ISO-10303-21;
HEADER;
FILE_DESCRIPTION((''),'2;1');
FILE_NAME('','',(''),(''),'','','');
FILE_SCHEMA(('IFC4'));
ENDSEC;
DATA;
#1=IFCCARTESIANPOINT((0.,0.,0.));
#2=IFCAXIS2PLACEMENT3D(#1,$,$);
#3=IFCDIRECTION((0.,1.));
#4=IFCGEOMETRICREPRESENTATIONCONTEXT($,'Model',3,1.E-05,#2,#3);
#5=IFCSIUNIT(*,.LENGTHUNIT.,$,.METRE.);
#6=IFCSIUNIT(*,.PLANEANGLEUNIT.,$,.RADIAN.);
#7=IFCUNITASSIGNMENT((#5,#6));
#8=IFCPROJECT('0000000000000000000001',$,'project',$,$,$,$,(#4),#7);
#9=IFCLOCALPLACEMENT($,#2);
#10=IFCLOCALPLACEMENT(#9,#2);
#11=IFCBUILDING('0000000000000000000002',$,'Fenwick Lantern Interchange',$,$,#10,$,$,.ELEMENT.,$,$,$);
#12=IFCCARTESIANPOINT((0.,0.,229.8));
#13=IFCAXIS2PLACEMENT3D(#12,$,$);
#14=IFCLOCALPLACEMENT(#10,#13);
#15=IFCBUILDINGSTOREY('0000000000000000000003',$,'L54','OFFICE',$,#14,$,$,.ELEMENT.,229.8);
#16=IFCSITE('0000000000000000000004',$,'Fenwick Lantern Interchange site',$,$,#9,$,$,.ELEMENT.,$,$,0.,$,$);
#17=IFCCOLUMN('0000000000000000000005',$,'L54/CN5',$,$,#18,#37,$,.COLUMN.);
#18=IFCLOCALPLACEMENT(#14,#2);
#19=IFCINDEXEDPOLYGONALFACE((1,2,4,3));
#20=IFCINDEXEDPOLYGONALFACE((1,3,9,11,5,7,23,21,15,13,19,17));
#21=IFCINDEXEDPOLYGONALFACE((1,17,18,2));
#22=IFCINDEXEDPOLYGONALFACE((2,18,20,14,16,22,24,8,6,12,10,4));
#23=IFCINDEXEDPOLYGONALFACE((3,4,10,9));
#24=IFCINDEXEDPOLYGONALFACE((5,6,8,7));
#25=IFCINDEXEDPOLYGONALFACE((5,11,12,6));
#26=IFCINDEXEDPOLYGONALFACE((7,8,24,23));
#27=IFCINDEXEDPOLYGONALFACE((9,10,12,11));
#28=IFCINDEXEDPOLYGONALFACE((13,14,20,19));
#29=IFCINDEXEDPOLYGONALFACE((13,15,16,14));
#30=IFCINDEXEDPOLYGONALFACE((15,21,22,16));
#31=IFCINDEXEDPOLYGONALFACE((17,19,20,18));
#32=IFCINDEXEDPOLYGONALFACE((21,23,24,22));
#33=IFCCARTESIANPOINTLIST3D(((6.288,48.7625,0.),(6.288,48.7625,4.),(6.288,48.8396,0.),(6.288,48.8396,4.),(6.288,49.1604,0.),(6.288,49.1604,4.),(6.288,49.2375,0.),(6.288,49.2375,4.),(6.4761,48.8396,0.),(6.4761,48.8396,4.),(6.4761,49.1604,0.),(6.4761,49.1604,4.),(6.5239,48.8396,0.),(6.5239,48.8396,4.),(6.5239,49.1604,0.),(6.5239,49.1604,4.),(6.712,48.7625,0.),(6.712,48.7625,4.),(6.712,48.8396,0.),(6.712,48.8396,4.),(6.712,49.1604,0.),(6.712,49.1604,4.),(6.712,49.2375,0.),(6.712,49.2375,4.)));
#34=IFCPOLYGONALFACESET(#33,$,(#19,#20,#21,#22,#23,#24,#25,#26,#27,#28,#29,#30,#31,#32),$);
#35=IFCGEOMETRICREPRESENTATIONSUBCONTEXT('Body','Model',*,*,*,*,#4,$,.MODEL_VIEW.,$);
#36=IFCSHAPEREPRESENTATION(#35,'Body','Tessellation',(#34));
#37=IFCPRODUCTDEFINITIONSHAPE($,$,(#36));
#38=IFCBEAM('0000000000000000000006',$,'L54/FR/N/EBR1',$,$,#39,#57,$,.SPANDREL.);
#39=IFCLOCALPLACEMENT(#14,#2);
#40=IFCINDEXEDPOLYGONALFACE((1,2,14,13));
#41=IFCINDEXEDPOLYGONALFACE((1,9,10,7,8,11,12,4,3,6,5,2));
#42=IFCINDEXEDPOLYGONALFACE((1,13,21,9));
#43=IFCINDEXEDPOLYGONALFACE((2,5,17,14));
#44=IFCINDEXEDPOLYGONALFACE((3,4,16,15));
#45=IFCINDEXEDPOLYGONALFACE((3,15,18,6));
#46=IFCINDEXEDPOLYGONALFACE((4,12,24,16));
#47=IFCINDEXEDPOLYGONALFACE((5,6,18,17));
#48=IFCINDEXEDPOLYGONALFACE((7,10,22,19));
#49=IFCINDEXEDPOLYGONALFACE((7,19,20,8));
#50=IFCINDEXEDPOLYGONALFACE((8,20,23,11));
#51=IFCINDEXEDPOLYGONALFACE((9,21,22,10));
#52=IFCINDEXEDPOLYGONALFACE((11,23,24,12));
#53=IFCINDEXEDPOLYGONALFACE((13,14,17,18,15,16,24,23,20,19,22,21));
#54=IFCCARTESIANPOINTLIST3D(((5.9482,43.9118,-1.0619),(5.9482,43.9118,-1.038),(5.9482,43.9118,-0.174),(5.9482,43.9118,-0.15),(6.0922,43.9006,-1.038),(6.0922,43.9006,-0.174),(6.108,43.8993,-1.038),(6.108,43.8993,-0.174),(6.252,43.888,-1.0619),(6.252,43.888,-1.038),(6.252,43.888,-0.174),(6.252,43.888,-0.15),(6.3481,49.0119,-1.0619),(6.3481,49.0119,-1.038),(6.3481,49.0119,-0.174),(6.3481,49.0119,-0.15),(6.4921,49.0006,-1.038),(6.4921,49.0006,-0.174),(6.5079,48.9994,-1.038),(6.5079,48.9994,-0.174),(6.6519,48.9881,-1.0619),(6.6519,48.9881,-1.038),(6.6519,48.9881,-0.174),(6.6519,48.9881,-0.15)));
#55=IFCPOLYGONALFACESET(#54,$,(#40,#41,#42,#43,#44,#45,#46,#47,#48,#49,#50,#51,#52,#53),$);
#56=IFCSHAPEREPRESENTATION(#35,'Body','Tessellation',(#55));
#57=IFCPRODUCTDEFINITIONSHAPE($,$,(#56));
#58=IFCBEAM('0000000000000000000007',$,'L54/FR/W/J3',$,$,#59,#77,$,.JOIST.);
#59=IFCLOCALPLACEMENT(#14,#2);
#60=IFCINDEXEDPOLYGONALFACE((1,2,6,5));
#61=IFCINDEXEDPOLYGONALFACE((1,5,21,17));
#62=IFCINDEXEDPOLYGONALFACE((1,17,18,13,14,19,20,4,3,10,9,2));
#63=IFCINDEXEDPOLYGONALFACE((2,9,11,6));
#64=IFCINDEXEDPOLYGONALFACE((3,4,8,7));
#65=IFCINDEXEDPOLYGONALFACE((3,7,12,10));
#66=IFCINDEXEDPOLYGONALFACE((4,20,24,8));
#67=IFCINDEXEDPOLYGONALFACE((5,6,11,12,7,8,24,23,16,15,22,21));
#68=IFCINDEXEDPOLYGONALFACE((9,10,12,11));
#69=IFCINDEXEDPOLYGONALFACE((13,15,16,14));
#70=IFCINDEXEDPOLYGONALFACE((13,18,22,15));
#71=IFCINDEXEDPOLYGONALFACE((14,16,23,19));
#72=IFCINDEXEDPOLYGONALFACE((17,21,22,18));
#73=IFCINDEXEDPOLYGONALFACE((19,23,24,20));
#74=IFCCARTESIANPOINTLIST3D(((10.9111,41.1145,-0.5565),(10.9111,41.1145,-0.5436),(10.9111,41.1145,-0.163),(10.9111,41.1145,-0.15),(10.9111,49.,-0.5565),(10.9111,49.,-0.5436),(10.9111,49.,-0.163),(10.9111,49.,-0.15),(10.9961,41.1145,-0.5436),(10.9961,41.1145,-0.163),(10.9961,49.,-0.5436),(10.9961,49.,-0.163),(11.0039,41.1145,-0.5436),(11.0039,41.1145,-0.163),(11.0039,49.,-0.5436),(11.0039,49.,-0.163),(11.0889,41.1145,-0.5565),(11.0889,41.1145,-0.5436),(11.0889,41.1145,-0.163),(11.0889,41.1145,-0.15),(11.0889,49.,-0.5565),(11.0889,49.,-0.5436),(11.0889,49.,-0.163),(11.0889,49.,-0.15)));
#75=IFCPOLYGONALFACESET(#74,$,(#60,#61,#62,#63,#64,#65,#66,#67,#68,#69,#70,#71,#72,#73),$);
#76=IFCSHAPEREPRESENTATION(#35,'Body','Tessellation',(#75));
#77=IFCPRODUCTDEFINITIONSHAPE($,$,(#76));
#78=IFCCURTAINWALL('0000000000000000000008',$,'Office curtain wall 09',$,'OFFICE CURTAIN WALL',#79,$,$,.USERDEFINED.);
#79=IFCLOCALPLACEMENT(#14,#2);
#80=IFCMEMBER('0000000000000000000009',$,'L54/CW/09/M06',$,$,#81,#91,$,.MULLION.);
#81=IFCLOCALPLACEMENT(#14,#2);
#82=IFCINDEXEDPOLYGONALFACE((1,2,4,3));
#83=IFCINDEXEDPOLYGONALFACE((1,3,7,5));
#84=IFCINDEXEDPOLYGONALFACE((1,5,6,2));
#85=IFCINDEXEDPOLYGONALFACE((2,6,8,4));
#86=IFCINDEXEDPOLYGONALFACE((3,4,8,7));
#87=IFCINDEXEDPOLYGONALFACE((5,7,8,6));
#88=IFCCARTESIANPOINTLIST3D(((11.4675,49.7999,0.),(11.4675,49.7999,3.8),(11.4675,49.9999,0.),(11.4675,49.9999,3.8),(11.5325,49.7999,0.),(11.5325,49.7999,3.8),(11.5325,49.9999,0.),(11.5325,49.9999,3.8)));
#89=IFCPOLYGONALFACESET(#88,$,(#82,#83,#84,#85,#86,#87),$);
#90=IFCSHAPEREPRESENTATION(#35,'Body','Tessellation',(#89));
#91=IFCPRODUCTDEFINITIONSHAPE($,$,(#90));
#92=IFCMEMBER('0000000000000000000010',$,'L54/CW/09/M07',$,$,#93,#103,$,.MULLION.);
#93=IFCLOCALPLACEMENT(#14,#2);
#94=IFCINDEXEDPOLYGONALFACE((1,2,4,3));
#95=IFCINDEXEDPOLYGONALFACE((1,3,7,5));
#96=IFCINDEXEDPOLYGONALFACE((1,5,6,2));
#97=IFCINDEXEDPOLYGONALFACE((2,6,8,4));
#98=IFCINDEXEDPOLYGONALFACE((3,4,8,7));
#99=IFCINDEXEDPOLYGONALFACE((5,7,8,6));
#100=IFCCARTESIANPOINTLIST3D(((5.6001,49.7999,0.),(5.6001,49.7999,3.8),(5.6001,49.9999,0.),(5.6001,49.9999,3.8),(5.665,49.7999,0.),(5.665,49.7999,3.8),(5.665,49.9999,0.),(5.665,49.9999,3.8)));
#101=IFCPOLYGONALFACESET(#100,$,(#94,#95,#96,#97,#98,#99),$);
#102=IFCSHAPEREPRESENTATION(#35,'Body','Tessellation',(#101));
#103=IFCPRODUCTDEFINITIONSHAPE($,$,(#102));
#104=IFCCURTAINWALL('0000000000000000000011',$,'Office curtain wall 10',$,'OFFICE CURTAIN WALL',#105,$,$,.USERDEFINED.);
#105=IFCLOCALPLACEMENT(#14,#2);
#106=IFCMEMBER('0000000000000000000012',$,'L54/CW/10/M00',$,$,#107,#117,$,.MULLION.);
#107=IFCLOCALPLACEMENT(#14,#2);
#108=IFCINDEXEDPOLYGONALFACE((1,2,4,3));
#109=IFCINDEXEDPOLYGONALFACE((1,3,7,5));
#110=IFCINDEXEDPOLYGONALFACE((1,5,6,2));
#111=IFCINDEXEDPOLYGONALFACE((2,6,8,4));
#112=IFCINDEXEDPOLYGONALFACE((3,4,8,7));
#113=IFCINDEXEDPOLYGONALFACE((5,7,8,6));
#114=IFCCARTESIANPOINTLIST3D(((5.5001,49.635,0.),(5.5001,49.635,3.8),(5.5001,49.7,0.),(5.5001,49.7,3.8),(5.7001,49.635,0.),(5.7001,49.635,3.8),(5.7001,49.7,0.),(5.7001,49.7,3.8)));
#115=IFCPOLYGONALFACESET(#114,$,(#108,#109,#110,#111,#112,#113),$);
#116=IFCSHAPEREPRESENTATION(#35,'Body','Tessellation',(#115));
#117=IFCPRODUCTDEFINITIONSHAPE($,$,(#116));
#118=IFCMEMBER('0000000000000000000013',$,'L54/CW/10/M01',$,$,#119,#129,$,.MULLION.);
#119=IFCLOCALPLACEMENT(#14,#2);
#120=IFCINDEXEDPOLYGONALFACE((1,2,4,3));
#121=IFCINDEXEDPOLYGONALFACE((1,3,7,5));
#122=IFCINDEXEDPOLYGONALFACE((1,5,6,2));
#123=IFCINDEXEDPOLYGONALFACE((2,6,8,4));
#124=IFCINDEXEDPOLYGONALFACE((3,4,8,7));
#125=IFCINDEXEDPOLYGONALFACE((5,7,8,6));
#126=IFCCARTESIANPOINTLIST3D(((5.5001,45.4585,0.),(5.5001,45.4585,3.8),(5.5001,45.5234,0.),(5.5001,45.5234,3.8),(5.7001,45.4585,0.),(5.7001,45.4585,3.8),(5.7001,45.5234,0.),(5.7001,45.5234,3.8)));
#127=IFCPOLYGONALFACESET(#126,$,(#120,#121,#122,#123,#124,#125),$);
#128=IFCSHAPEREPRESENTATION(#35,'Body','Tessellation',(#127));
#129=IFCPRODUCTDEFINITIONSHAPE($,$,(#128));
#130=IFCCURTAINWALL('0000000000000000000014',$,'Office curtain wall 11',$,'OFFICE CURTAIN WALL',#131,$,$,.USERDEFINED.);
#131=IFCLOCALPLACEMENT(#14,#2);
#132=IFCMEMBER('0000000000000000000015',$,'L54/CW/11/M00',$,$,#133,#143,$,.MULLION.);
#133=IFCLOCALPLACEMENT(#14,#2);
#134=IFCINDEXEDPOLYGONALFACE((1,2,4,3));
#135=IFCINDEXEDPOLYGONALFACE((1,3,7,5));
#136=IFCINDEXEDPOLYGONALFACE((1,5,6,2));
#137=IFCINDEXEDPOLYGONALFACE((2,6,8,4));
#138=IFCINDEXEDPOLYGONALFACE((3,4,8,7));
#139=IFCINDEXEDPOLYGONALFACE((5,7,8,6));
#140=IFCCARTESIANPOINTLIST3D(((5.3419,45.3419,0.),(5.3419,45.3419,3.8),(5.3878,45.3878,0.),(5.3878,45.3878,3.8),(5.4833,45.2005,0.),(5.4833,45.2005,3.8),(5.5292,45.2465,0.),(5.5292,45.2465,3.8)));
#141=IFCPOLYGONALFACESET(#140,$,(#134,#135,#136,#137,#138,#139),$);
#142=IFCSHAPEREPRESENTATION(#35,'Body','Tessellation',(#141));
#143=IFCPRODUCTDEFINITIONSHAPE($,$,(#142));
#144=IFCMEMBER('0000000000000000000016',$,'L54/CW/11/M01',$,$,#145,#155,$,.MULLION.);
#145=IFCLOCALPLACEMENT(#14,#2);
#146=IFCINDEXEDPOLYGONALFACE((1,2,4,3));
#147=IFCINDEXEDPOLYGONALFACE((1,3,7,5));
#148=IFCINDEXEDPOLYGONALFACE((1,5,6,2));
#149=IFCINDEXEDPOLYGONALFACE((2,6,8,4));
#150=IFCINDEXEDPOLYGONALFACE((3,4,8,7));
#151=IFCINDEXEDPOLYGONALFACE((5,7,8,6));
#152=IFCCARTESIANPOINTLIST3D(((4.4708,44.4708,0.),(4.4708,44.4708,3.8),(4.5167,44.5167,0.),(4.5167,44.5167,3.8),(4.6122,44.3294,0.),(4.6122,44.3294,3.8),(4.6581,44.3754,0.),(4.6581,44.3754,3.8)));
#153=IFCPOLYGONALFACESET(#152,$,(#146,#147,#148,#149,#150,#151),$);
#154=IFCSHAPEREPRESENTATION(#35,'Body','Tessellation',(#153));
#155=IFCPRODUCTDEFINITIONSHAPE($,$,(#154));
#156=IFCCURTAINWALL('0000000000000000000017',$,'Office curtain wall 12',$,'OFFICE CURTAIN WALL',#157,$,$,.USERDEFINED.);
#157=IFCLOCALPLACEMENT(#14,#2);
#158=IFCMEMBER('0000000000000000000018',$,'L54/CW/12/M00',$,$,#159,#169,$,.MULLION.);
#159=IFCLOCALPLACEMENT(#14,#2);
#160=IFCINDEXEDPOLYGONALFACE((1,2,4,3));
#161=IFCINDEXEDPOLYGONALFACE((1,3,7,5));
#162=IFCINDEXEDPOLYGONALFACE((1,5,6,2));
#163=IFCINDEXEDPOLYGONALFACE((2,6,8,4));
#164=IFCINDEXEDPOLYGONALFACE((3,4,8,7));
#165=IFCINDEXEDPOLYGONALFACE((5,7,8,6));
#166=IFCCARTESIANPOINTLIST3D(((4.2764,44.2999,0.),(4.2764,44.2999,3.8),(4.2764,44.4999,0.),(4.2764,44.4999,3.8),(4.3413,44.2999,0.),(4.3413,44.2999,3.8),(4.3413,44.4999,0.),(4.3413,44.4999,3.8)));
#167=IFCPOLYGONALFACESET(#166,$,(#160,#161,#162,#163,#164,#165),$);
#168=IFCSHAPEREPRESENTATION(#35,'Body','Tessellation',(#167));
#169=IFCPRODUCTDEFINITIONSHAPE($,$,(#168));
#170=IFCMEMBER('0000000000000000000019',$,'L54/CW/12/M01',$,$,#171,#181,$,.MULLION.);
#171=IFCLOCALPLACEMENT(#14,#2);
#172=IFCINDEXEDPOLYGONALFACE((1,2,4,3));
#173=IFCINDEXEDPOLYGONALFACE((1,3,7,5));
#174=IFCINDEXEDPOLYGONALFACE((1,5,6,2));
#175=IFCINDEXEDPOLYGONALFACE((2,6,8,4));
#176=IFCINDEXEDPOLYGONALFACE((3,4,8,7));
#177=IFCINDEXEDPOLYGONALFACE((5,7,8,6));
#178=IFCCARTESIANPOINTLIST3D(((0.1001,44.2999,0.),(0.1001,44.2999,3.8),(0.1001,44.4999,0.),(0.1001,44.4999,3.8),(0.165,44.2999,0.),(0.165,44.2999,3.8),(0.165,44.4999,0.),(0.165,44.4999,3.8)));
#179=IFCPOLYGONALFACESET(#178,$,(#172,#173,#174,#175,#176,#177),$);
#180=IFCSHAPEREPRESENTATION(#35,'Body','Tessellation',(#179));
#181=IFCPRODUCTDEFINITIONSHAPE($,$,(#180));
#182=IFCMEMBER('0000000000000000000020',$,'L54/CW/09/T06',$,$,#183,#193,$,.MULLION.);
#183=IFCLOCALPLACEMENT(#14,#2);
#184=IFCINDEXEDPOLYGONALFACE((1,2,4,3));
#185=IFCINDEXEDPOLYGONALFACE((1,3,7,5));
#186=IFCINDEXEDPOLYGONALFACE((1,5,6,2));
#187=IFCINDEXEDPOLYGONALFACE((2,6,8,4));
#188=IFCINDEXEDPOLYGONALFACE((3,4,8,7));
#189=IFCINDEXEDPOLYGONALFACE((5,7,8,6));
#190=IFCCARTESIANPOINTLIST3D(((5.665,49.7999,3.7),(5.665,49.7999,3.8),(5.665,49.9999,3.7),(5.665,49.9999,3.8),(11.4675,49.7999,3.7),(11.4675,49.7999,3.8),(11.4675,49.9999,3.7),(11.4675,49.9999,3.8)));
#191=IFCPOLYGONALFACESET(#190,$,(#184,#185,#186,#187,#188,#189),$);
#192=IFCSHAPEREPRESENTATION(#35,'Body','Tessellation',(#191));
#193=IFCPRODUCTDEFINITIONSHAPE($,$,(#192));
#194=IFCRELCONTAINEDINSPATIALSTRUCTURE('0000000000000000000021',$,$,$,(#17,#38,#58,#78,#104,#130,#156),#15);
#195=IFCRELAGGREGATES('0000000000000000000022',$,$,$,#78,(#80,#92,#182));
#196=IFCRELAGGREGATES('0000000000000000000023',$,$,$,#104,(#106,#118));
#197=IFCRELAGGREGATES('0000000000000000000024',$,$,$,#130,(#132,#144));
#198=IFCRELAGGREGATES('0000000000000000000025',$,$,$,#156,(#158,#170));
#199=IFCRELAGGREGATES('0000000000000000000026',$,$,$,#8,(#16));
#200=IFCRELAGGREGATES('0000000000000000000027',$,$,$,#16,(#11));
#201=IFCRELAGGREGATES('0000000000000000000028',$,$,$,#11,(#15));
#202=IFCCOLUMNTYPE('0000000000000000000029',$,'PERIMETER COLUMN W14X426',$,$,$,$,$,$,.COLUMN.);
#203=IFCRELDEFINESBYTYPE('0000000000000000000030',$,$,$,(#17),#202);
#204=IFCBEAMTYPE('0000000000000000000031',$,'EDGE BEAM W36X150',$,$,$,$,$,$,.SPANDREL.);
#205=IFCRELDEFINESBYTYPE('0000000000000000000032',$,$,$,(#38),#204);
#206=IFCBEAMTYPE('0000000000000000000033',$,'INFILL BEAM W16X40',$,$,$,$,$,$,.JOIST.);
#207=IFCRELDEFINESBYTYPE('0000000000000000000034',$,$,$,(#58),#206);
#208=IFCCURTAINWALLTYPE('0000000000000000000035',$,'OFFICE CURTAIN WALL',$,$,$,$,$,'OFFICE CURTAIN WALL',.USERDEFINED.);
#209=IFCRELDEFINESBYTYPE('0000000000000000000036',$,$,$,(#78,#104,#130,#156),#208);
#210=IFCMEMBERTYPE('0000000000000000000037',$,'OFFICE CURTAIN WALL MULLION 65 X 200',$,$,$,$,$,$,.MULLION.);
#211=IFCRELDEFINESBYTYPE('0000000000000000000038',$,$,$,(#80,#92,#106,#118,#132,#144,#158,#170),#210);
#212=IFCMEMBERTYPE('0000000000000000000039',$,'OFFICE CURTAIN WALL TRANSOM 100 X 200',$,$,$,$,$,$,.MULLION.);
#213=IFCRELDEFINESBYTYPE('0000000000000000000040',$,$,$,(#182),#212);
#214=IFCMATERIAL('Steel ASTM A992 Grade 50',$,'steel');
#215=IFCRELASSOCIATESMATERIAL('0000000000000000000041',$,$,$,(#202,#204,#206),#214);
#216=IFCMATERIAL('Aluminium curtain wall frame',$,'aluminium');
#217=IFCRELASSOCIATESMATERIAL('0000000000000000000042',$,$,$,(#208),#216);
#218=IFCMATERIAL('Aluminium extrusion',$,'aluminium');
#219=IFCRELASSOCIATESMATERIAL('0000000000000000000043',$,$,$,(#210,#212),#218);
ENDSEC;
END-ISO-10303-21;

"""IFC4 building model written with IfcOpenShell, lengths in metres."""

from ifc_helpers import new_model, si_unit, direction, frame, origin, origin_2d, place, context, subcontext, project, spatial, rectangle, i_section, extrude, material, material_profile, profile_set, type_object, element, aggregate, save


model = new_model("IFC4")

# Units and contexts
model_context = context("Model", 3, precision=1e-05, world=origin(), true_north=direction((0.0, 1.0)))
body_context = subcontext(model_context, "Body", "Model", "MODEL_VIEW")
ifc_project = project(units=[si_unit("LENGTHUNIT", "METRE"), si_unit("PLANEANGLEUNIT", "RADIAN")], contexts=[model_context])

# Site, building, storey
site_placement = place(None, origin())
site = spatial("IfcSite", under=ifc_project, at=site_placement, Name="Fenwick Lantern Interchange site", CompositionType="ELEMENT", RefElevation=0.0)
building_placement = place(site_placement, origin())
building = spatial("IfcBuilding", under=site, at=building_placement, Name="Fenwick Lantern Interchange", CompositionType="ELEMENT")
storey_placement = place(building_placement, frame((0.0, 0.0, 229.8)))
storey = spatial("IfcBuildingStorey", under=building, at=storey_placement, Name="L54", Description="OFFICE", CompositionType="ELEMENT", Elevation=229.8)

# Column
ifc_material_1 = material(Name="Steel ASTM A992 Grade 50", Category="steel")
ifc_material_profile_1 = material_profile(ifc_material_1, i_section(OverallWidth=0.4241, OverallDepth=0.4751, WebThickness=0.0479, FlangeThickness=0.0771, at=origin_2d()), Name="W14X426")
ifc_profile_set_1 = profile_set([ifc_material_profile_1], Name="Steel ASTM A992 Grade 50")
column_type = type_object("IfcColumnType", Name="PERIMETER COLUMN W14X426", PredefinedType="COLUMN", material=ifc_profile_set_1)
column_placement = place(storey_placement, frame((6.5, 49.0, 0.0), z_axis=(0.0, 0.0, 1.0), x_axis=(1.0, 0.0, 0.0)))
element("IfcColumn", 1, at=column_placement, inside=storey, type_object=column_type, Name="L54/CN5", PredefinedType="COLUMN", context=body_context, shape_type="SweptSolid", body=[
    extrude(i_section(OverallWidth=0.4241, OverallDepth=0.4751, WebThickness=0.0479, FlangeThickness=0.0771, at=origin_2d()), origin(), (0.0, 0.0, 1.0), 4.0),
])

# Beams
ifc_material_profile_2 = material_profile(ifc_material_1, i_section(OverallWidth=0.3047, OverallDepth=0.9119, WebThickness=0.0159, FlangeThickness=0.0239, at=origin_2d()), Name="W36X150")
ifc_profile_set_2 = profile_set([ifc_material_profile_2], Name="Steel ASTM A992 Grade 50")
beam_type_1 = type_object("IfcBeamType", Name="EDGE BEAM W36X150", PredefinedType="SPANDREL", material=ifc_profile_set_2)
beam_1_placement = place(storey_placement, frame((6.5, 49.0, -0.606), z_axis=(-0.078171, -0.99694, 0.0), x_axis=(0.99694, -0.078171, 0.0)))
element("IfcBeam", 2, at=beam_1_placement, inside=storey, type_object=beam_type_1, Name="L54/FR/N/EBR1", PredefinedType="SPANDREL", context=body_context, shape_type="SweptSolid", body=[
    extrude(i_section(OverallWidth=0.3047, OverallDepth=0.9119, WebThickness=0.0159, FlangeThickness=0.0239, at=origin_2d()), origin(), (0.0, 0.0, 1.0), 5.1157),
])
ifc_material_profile_3 = material_profile(ifc_material_1, i_section(OverallWidth=0.1777, OverallDepth=0.4065, WebThickness=0.0078, FlangeThickness=0.0129, at=origin_2d()), Name="W16X40")
ifc_profile_set_3 = profile_set([ifc_material_profile_3], Name="Steel ASTM A992 Grade 50")
beam_type_2 = type_object("IfcBeamType", Name="INFILL BEAM W16X40", PredefinedType="JOIST", material=ifc_profile_set_3)
beam_2_placement = place(storey_placement, frame((11.0, 49.0, -0.3533), z_axis=(0.0, -1.0, 0.0), x_axis=(1.0, 0.0, 0.0)))
element("IfcBeam", 3, at=beam_2_placement, inside=storey, type_object=beam_type_2, Name="L54/FR/W/J3", PredefinedType="JOIST", context=body_context, shape_type="SweptSolid", body=[
    extrude(i_section(OverallWidth=0.1777, OverallDepth=0.4065, WebThickness=0.0078, FlangeThickness=0.0129, at=origin_2d()), origin(), (0.0, 0.0, 1.0), 7.8855),
])

# Curtain walls, members
ifc_material_2 = material(Name="Aluminium curtain wall frame", Category="aluminium")
curtain_wall_type = type_object("IfcCurtainWallType", Name="OFFICE CURTAIN WALL", ElementType="OFFICE CURTAIN WALL", PredefinedType="USERDEFINED", material=ifc_material_2)
curtain_wall_1_placement = place(storey_placement, origin())
curtain_wall_1 = element("IfcCurtainWall", 4, at=curtain_wall_1_placement, inside=storey, type_object=curtain_wall_type, Name="Office curtain wall 09", ObjectType="OFFICE CURTAIN WALL", PredefinedType="USERDEFINED")
ifc_material_3 = material(Name="Aluminium extrusion", Category="aluminium")
ifc_material_profile_4 = material_profile(ifc_material_3, rectangle(XDim=0.2, YDim=0.0649, at=origin_2d()), Name="OFFICE CURTAIN WALL MULLION 65 X 200")
ifc_profile_set_4 = profile_set([ifc_material_profile_4], Name="Aluminium extrusion")
member_type_1 = type_object("IfcMemberType", Name="OFFICE CURTAIN WALL MULLION 65 X 200", PredefinedType="MULLION", material=ifc_profile_set_4)
member_1_placement = place(storey_placement, frame((11.5, 49.8999, 0.0), z_axis=(0.0, 0.0, 1.0), x_axis=(0.0, -1.0, 0.0)))
member_1 = element("IfcMember", 5, at=member_1_placement, type_object=member_type_1, Name="L54/CW/09/M06", PredefinedType="MULLION", context=body_context, shape_type="SweptSolid", body=[
    extrude(rectangle(XDim=0.2, YDim=0.0649, at=origin_2d()), origin(), (0.0, 0.0, 1.0), 3.8),
])
member_2_placement = place(storey_placement, frame((5.6326, 49.8999, 0.0), z_axis=(0.0, 0.0, 1.0), x_axis=(0.0, -1.0, 0.0)))
member_2 = element("IfcMember", 6, at=member_2_placement, type_object=member_type_1, Name="L54/CW/09/M07", PredefinedType="MULLION", context=body_context, shape_type="SweptSolid", body=[
    extrude(rectangle(XDim=0.2, YDim=0.0649, at=origin_2d()), origin(), (0.0, 0.0, 1.0), 3.8),
])
curtain_wall_2_placement = place(storey_placement, origin())
curtain_wall_2 = element("IfcCurtainWall", 7, at=curtain_wall_2_placement, inside=storey, type_object=curtain_wall_type, Name="Office curtain wall 10", ObjectType="OFFICE CURTAIN WALL", PredefinedType="USERDEFINED")
member_3_placement = place(storey_placement, frame((5.6001, 49.6675, 0.0), z_axis=(0.0, 0.0, 1.0), x_axis=(1.0, 0.0, 0.0)))
member_3 = element("IfcMember", 8, at=member_3_placement, type_object=member_type_1, Name="L54/CW/10/M00", PredefinedType="MULLION", context=body_context, shape_type="SweptSolid", body=[
    extrude(rectangle(XDim=0.2, YDim=0.0649, at=origin_2d()), origin(), (0.0, 0.0, 1.0), 3.8),
])
member_4_placement = place(storey_placement, frame((5.6001, 45.491, 0.0), z_axis=(0.0, 0.0, 1.0), x_axis=(1.0, 0.0, 0.0)))
member_4 = element("IfcMember", 9, at=member_4_placement, type_object=member_type_1, Name="L54/CW/10/M01", PredefinedType="MULLION", context=body_context, shape_type="SweptSolid", body=[
    extrude(rectangle(XDim=0.2, YDim=0.0649, at=origin_2d()), origin(), (0.0, 0.0, 1.0), 3.8),
])
curtain_wall_3_placement = place(storey_placement, origin())
curtain_wall_3 = element("IfcCurtainWall", 10, at=curtain_wall_3_placement, inside=storey, type_object=curtain_wall_type, Name="Office curtain wall 11", ObjectType="OFFICE CURTAIN WALL", PredefinedType="USERDEFINED")
member_5_placement = place(storey_placement, frame((5.4355, 45.2942, 0.0), z_axis=(0.0, 0.0, 1.0), x_axis=(0.707107, -0.707107, 0.0)))
member_5 = element("IfcMember", 11, at=member_5_placement, type_object=member_type_1, Name="L54/CW/11/M00", PredefinedType="MULLION", context=body_context, shape_type="SweptSolid", body=[
    extrude(rectangle(XDim=0.2, YDim=0.0649, at=origin_2d()), origin(), (0.0, 0.0, 1.0), 3.8),
])
member_6_placement = place(storey_placement, frame((4.5645, 44.4231, 0.0), z_axis=(0.0, 0.0, 1.0), x_axis=(0.707107, -0.707107, 0.0)))
member_6 = element("IfcMember", 12, at=member_6_placement, type_object=member_type_1, Name="L54/CW/11/M01", PredefinedType="MULLION", context=body_context, shape_type="SweptSolid", body=[
    extrude(rectangle(XDim=0.2, YDim=0.0649, at=origin_2d()), origin(), (0.0, 0.0, 1.0), 3.8),
])
curtain_wall_4_placement = place(storey_placement, origin())
curtain_wall_4 = element("IfcCurtainWall", 13, at=curtain_wall_4_placement, inside=storey, type_object=curtain_wall_type, Name="Office curtain wall 12", ObjectType="OFFICE CURTAIN WALL", PredefinedType="USERDEFINED")
member_7_placement = place(storey_placement, frame((4.3088, 44.3999, 0.0), z_axis=(0.0, 0.0, 1.0), x_axis=(0.0, -1.0, 0.0)))
member_7 = element("IfcMember", 14, at=member_7_placement, type_object=member_type_1, Name="L54/CW/12/M00", PredefinedType="MULLION", context=body_context, shape_type="SweptSolid", body=[
    extrude(rectangle(XDim=0.2, YDim=0.0649, at=origin_2d()), origin(), (0.0, 0.0, 1.0), 3.8),
])
member_8_placement = place(storey_placement, frame((0.1326, 44.3999, 0.0), z_axis=(0.0, 0.0, 1.0), x_axis=(0.0, -1.0, 0.0)))
member_8 = element("IfcMember", 15, at=member_8_placement, type_object=member_type_1, Name="L54/CW/12/M01", PredefinedType="MULLION", context=body_context, shape_type="SweptSolid", body=[
    extrude(rectangle(XDim=0.2, YDim=0.0649, at=origin_2d()), origin(), (0.0, 0.0, 1.0), 3.8),
])

# Member
ifc_material_profile_5 = material_profile(ifc_material_3, rectangle(XDim=0.2, YDim=0.1001, at=origin_2d()), Name="OFFICE CURTAIN WALL TRANSOM 100 X 200")
ifc_profile_set_5 = profile_set([ifc_material_profile_5], Name="Aluminium extrusion")
member_type_2 = type_object("IfcMemberType", Name="OFFICE CURTAIN WALL TRANSOM 100 X 200", PredefinedType="MULLION", material=ifc_profile_set_5)
member_9_placement = place(storey_placement, frame((11.4675, 49.8999, 3.75), z_axis=(-1.0, 0.0, 0.0), x_axis=(0.0, -1.0, 0.0)))
member_9 = element("IfcMember", 16, at=member_9_placement, type_object=member_type_2, Name="L54/CW/09/T06", PredefinedType="MULLION", context=body_context, shape_type="SweptSolid", body=[
    extrude(rectangle(XDim=0.2, YDim=0.1001, at=origin_2d()), origin(), (0.0, 0.0, 1.0), 5.8025),
])
aggregate(curtain_wall_1, [member_1, member_2, member_9])

aggregate(curtain_wall_2, [member_3, member_4])
aggregate(curtain_wall_3, [member_5, member_6])
aggregate(curtain_wall_4, [member_7, member_8])

save(model, "model.ifc")
